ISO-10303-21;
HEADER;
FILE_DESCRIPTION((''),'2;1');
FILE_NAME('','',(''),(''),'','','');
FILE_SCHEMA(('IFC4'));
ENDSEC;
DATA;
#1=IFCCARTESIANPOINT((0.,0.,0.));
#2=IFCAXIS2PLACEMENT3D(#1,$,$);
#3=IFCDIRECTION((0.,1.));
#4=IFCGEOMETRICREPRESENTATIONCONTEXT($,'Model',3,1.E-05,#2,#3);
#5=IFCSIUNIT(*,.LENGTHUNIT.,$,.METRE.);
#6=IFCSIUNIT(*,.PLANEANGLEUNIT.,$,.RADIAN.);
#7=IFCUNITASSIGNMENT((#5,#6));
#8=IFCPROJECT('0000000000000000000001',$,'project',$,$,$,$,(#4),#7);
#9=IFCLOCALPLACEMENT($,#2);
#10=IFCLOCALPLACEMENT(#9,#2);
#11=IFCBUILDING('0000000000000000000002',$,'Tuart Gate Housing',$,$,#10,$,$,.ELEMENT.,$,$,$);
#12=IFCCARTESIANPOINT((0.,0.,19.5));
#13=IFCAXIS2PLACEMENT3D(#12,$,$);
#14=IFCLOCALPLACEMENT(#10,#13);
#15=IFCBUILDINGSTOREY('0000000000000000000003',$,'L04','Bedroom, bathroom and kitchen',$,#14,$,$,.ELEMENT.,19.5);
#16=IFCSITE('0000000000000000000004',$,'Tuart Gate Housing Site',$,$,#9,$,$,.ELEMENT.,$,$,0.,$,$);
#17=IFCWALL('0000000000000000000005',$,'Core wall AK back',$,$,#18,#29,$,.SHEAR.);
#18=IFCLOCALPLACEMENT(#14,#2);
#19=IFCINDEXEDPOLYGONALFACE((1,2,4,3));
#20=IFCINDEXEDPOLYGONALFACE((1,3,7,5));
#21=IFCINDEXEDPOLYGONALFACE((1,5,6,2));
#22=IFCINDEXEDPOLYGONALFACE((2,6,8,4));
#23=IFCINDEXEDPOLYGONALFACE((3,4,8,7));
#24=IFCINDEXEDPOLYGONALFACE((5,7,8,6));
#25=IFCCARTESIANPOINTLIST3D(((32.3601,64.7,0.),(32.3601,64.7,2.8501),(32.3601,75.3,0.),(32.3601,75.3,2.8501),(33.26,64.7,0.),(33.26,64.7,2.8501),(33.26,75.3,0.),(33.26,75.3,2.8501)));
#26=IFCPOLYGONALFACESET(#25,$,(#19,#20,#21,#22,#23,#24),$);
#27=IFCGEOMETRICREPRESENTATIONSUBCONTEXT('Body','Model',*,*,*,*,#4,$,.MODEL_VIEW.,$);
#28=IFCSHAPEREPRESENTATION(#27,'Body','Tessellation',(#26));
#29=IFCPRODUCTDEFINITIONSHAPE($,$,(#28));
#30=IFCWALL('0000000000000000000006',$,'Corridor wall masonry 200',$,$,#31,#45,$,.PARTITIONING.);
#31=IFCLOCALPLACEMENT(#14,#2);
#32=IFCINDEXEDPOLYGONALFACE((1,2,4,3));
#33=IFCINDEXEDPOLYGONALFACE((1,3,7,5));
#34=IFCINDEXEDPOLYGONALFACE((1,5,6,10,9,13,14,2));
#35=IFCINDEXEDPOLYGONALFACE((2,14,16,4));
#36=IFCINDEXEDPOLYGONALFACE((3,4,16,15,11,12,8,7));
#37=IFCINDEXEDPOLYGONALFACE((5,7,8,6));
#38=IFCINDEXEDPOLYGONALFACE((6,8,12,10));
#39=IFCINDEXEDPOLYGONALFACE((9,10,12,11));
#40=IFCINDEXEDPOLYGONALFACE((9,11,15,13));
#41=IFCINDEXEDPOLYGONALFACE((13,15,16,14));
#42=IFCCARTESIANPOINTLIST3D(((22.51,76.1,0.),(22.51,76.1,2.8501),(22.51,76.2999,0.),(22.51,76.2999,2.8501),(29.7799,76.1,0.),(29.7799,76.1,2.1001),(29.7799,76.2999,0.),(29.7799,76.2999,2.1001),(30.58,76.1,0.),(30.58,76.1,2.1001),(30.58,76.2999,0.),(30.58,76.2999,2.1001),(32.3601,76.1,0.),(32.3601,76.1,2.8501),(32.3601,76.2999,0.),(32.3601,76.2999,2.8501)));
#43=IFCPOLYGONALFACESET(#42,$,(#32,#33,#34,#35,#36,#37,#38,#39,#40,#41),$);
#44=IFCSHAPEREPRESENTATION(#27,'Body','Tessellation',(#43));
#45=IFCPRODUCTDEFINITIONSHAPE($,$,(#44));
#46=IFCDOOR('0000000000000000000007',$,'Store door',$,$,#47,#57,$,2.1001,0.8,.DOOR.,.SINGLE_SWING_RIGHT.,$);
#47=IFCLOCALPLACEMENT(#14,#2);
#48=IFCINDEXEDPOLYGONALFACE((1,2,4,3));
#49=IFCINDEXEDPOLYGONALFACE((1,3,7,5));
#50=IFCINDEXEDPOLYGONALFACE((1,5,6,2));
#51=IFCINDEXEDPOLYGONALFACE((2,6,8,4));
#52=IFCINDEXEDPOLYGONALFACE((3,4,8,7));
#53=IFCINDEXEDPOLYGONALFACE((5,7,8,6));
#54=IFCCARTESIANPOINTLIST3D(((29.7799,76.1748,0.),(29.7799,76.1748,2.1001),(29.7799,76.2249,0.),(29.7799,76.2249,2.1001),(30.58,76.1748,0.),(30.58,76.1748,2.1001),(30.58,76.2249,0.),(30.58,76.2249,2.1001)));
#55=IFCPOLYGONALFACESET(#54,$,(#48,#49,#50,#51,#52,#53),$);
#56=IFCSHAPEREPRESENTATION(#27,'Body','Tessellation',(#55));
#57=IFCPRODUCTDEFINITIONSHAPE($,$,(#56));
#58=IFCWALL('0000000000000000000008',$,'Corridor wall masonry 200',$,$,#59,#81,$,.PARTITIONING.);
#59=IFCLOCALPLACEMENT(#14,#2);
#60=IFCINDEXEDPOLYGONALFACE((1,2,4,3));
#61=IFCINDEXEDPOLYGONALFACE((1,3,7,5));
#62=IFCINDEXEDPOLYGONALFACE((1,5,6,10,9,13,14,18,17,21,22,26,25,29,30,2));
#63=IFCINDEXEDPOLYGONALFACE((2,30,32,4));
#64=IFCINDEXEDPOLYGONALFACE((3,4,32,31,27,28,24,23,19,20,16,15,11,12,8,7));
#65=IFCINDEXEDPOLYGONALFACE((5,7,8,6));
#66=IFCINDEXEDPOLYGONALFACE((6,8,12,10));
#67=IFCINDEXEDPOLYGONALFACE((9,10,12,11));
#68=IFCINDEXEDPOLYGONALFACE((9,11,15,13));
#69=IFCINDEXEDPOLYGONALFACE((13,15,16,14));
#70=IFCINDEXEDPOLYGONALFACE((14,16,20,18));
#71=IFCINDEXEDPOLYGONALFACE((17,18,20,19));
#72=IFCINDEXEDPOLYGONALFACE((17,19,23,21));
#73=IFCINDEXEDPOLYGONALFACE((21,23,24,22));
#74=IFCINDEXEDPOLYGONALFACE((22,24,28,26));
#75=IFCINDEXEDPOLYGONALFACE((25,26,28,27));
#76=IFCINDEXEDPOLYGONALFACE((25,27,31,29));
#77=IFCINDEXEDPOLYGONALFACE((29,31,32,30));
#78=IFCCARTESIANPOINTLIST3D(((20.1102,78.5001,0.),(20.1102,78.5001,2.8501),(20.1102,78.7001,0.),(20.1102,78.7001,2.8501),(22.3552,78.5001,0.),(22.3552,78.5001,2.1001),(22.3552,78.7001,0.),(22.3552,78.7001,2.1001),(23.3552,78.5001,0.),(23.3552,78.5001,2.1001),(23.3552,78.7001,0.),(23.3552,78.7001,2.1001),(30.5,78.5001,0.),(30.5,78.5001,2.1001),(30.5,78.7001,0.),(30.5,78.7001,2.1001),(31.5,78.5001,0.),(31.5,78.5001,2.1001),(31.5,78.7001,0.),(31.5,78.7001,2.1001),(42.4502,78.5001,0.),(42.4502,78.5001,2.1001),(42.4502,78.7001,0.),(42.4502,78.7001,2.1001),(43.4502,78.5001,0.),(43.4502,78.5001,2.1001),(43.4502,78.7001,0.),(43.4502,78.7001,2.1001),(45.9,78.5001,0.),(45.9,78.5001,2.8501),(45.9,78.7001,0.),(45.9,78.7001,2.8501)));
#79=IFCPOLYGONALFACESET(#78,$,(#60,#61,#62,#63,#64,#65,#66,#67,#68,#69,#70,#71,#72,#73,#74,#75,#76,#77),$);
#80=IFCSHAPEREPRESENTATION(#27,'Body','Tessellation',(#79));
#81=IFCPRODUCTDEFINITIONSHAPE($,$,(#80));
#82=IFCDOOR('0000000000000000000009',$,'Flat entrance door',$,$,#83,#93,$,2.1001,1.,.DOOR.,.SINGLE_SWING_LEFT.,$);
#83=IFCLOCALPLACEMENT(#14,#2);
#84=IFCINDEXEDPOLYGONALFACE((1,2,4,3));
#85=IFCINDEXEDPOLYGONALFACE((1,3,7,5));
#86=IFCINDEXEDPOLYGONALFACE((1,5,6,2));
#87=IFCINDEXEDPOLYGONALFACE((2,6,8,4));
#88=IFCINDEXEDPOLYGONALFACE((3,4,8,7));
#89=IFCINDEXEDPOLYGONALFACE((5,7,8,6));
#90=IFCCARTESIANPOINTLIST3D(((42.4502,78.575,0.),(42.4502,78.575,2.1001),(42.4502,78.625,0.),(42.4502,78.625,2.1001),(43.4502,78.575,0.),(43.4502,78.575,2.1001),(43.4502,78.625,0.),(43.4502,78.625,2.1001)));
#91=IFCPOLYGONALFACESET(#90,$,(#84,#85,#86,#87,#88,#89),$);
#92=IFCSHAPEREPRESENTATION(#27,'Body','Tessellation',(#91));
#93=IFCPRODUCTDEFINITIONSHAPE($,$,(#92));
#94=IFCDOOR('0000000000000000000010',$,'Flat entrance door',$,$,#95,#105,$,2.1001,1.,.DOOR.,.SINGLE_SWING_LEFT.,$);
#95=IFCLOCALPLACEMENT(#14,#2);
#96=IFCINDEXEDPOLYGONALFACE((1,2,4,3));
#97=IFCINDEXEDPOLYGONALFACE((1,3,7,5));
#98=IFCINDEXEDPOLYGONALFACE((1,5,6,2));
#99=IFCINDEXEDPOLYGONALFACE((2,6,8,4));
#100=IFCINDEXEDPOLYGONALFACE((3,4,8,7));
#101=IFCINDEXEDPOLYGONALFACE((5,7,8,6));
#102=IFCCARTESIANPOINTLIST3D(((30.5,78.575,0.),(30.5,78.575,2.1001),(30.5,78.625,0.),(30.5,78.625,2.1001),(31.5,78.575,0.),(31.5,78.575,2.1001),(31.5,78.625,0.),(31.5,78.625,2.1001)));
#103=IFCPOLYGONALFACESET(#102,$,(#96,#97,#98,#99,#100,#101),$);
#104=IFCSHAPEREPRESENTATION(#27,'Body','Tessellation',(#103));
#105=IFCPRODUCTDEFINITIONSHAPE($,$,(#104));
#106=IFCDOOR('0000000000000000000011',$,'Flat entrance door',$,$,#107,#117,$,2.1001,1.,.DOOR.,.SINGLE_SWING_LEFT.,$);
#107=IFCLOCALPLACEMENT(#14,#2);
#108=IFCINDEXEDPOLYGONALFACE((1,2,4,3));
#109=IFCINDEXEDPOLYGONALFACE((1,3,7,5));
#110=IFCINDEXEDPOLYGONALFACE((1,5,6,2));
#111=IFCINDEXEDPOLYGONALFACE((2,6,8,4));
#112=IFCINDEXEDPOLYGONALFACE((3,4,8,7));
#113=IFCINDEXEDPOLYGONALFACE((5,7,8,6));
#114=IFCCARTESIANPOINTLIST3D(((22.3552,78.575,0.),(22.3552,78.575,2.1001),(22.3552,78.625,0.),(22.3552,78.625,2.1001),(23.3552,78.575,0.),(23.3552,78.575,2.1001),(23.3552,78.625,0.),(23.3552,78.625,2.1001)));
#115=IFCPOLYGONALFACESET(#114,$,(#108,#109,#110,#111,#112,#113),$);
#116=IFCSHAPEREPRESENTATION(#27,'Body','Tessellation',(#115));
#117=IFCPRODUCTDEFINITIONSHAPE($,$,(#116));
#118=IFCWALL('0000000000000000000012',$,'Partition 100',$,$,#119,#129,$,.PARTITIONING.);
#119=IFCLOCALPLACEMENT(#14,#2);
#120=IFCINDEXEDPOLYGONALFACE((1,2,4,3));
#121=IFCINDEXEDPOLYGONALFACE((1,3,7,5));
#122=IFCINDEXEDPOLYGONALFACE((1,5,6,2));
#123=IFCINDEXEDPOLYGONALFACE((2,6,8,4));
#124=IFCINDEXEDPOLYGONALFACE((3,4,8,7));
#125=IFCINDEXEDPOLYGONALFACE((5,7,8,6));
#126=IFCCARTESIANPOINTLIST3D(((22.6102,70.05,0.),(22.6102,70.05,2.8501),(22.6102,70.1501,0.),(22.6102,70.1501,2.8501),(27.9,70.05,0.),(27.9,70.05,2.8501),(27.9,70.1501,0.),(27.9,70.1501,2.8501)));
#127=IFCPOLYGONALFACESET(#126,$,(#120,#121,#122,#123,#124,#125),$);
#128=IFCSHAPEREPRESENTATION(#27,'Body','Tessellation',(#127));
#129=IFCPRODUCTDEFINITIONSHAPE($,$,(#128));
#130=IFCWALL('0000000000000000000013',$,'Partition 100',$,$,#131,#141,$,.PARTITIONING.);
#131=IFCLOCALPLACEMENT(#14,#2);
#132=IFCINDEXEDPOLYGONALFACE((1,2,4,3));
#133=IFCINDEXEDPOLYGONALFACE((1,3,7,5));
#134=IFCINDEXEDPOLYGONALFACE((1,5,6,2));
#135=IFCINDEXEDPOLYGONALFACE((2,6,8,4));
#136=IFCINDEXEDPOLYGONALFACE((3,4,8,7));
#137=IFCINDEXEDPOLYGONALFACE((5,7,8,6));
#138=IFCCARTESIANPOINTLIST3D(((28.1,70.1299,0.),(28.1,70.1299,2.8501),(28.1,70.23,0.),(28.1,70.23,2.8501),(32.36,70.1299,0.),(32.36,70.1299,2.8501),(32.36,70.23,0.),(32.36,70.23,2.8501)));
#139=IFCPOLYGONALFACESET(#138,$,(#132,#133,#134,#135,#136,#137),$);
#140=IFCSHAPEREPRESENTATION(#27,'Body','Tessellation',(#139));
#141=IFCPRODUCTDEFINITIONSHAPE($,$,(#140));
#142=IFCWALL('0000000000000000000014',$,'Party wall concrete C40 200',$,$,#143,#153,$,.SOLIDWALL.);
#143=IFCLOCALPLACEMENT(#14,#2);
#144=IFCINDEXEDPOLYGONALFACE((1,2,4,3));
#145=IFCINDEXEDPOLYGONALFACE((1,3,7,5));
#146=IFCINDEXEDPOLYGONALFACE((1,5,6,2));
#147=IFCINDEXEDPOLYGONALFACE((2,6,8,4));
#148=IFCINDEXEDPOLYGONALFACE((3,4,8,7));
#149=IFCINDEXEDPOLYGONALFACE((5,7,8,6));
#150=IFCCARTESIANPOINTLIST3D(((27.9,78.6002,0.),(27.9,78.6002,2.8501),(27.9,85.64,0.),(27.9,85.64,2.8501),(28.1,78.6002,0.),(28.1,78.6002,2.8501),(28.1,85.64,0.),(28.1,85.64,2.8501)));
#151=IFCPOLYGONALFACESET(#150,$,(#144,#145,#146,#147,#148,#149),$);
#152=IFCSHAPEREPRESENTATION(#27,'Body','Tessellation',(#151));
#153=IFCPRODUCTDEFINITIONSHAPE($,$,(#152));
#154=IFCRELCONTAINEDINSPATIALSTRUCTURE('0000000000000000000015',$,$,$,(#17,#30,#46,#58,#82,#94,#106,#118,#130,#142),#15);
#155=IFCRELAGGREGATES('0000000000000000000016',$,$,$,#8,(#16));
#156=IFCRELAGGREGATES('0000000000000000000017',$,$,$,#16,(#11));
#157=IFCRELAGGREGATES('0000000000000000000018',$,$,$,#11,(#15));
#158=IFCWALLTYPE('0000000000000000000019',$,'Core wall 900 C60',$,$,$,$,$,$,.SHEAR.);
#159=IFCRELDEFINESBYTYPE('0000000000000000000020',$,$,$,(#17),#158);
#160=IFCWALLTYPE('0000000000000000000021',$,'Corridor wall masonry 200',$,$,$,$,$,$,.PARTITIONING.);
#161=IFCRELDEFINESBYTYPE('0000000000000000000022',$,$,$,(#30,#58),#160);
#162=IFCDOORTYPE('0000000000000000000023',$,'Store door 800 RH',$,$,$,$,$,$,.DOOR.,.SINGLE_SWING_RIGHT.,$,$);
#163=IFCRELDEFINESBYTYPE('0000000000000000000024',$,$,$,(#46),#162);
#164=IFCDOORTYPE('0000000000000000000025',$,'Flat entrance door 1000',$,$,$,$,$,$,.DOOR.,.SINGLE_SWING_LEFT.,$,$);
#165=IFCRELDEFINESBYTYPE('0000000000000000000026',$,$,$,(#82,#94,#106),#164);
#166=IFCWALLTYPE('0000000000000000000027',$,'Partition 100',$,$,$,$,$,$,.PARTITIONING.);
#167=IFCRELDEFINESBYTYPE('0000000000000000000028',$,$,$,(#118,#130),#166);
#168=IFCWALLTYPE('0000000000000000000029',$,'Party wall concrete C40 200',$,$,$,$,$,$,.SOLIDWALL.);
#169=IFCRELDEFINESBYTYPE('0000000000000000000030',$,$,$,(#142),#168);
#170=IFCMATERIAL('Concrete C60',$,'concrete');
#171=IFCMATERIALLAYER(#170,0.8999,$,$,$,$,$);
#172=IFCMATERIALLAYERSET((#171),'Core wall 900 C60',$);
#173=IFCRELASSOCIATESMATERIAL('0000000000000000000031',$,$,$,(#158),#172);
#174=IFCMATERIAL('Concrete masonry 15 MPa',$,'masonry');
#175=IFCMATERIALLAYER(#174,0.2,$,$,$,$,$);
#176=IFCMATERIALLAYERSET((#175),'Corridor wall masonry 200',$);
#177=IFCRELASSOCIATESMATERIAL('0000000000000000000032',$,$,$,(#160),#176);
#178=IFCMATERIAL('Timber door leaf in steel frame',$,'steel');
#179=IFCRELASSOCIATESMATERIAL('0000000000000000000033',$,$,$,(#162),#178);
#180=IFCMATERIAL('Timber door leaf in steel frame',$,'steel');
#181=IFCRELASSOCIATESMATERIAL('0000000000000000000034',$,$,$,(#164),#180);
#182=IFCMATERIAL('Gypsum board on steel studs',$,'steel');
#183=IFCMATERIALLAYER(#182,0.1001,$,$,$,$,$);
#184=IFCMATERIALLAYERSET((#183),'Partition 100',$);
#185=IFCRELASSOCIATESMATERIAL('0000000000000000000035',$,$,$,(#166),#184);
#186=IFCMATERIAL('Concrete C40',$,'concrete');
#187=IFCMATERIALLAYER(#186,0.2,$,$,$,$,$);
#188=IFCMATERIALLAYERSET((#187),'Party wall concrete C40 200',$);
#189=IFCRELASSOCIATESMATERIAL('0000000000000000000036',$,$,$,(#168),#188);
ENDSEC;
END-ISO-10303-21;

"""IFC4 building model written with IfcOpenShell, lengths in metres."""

from ifc_helpers import new_model, si_unit, direction, frame, frame_2d, origin, place, context, subcontext, project, spatial, rectangle, extrude, material, layer, layer_set, type_object, element, fill, save


model = new_model("IFC4")

# Units and contexts
model_context = context("Model", 3, precision=1e-05, world=origin(), true_north=direction((0.0, 1.0)))
body_context = subcontext(model_context, "Body", "Model", "MODEL_VIEW")
ifc_project = project(units=[si_unit("LENGTHUNIT", "METRE"), si_unit("PLANEANGLEUNIT", "RADIAN")], contexts=[model_context])

# Site, building, storey
site_placement = place(None, origin())
site = spatial("IfcSite", under=ifc_project, at=site_placement, Name="Tuart Gate Housing Site", CompositionType="ELEMENT", RefElevation=0.0)
building_placement = place(site_placement, origin())
building = spatial("IfcBuilding", under=site, at=building_placement, Name="Tuart Gate Housing", CompositionType="ELEMENT")
storey_placement = place(building_placement, frame((0.0, 0.0, 19.5)))
storey = spatial("IfcBuildingStorey", under=building, at=storey_placement, Name="L04", Description="Bedroom, bathroom and kitchen", CompositionType="ELEMENT", Elevation=19.5)

# Wall
ifc_material_1 = material(Name="Concrete C60", Category="concrete")
ifc_layer_1 = layer(ifc_material_1, 0.8999)
ifc_layer_set_1 = layer_set([ifc_layer_1], Name="Core wall 900 C60")
wall_type_1 = type_object("IfcWallType", Name="Core wall 900 C60", PredefinedType="SHEAR", material=ifc_layer_set_1)
wall_1_placement = place(storey_placement, frame((32.8101, 75.3, 0.0), z_axis=(0.0, 0.0, 1.0), x_axis=(0.0, -1.0, 0.0)))
element("IfcWall", 1, at=wall_1_placement, inside=storey, type_object=wall_type_1, Name="Core wall AK back", PredefinedType="SHEAR", context=body_context, shape_type="SweptSolid", body=[
    extrude(rectangle(XDim=10.6001, YDim=0.8999, at=frame_2d((5.3, 0.0))), origin(), (0.0, 0.0, 1.0), 2.8501),
])

# Wall, opening, door
ifc_material_2 = material(Name="Concrete masonry 15 MPa", Category="masonry")
ifc_layer_2 = layer(ifc_material_2, 0.2)
ifc_layer_set_2 = layer_set([ifc_layer_2], Name="Corridor wall masonry 200")
wall_type_2 = type_object("IfcWallType", Name="Corridor wall masonry 200", PredefinedType="PARTITIONING", material=ifc_layer_set_2)
wall_2_placement = place(storey_placement, frame((22.51, 76.2, 0.0), z_axis=(0.0, 0.0, 1.0), x_axis=(1.0, 0.0, 0.0)))
wall_2 = element("IfcWall", 2, at=wall_2_placement, inside=storey, type_object=wall_type_2, Name="Corridor wall masonry 200", PredefinedType="PARTITIONING", context=body_context, shape_type="SweptSolid", body=[
    extrude(rectangle(XDim=9.8501, YDim=0.2, at=frame_2d((4.925, 0.0))), origin(), (0.0, 0.0, 1.0), 2.8501),
])
opening_1_placement = place(wall_2_placement, frame((7.27, 0.0, 0.0)))
opening_1 = element("IfcOpeningElement", 3, at=opening_1_placement, cuts=wall_2, PredefinedType="OPENING", context=body_context, shape_type="SweptSolid", body=[
    extrude(rectangle(XDim=0.8, YDim=2.1001, at=frame_2d((0.3999, 1.05))), frame((0.0, 0.1099, 0.0), z_axis=(0.0, -1.0, 0.0), x_axis=(1.0, 0.0, 0.0)), (0.0, 0.0, 1.0), 0.22),
])
ifc_material_3 = material(Name="Timber door leaf in steel frame", Category="steel")
door_type_1 = type_object("IfcDoorType", Name="Store door 800 RH", OperationType="SINGLE_SWING_RIGHT", PredefinedType="DOOR", material=ifc_material_3)
door_1_placement = place(opening_1_placement, frame((0.8, 0.0, 0.0), z_axis=(0.0, 0.0, 1.0), x_axis=(-1.0, 0.0, 0.0)))
door_1 = element("IfcDoor", 4, at=door_1_placement, inside=storey, type_object=door_type_1, Name="Store door", OperationType="SINGLE_SWING_RIGHT", OverallHeight=2.1001, OverallWidth=0.8, PredefinedType="DOOR", context=body_context, shape_type="SweptSolid", body=[
    extrude(rectangle(XDim=0.8, YDim=2.1001, at=frame_2d((0.4001, 1.05))), frame((0.0, 0.0251, 0.0), z_axis=(0.0, -1.0, 0.0), x_axis=(1.0, 0.0, 0.0)), (0.0, 0.0, 1.0), 0.05),
])
fill(opening_1, door_1)

# Wall, openings, doors
wall_3_placement = place(storey_placement, frame((20.1101, 78.6001, 0.0), z_axis=(0.0, 0.0, 1.0), x_axis=(1.0, 0.0, 0.0)))
wall_3 = element("IfcWall", 5, at=wall_3_placement, inside=storey, type_object=wall_type_2, Name="Corridor wall masonry 200", PredefinedType="PARTITIONING", context=body_context, shape_type="SweptSolid", body=[
    extrude(rectangle(XDim=25.7898, YDim=0.2, at=frame_2d((12.895, 0.0))), origin(), (0.0, 0.0, 1.0), 2.8501),
])
opening_2_placement = place(wall_3_placement, frame((22.3401, 0.0, 0.0)))
opening_2 = element("IfcOpeningElement", 6, at=opening_2_placement, cuts=wall_3, PredefinedType="OPENING", context=body_context, shape_type="SweptSolid", body=[
    extrude(rectangle(XDim=1.0, YDim=2.1001, at=frame_2d((0.5, 1.05))), frame((0.0, 0.1099, 0.0), z_axis=(0.0, -1.0, 0.0), x_axis=(1.0, 0.0, 0.0)), (0.0, 0.0, 1.0), 0.22),
])
opening_3_placement = place(wall_3_placement, frame((10.3899, 0.0, 0.0)))
opening_3 = element("IfcOpeningElement", 7, at=opening_3_placement, cuts=wall_3, PredefinedType="OPENING", context=body_context, shape_type="SweptSolid", body=[
    extrude(rectangle(XDim=1.0, YDim=2.1001, at=frame_2d((0.5, 1.05))), frame((0.0, 0.1099, 0.0), z_axis=(0.0, -1.0, 0.0), x_axis=(1.0, 0.0, 0.0)), (0.0, 0.0, 1.0), 0.22),
])
opening_4_placement = place(wall_3_placement, frame((2.2451, 0.0, 0.0)))
opening_4 = element("IfcOpeningElement", 8, at=opening_4_placement, cuts=wall_3, PredefinedType="OPENING", context=body_context, shape_type="SweptSolid", body=[
    extrude(rectangle(XDim=1.0, YDim=2.1001, at=frame_2d((0.5, 1.05))), frame((0.0, 0.1099, 0.0), z_axis=(0.0, -1.0, 0.0), x_axis=(1.0, 0.0, 0.0)), (0.0, 0.0, 1.0), 0.22),
])
ifc_material_4 = material(Name="Timber door leaf in steel frame", Category="steel")
door_type_2 = type_object("IfcDoorType", Name="Flat entrance door 1000", OperationType="SINGLE_SWING_LEFT", PredefinedType="DOOR", material=ifc_material_4)
door_2_placement = place(opening_2_placement, origin())
door_2 = element("IfcDoor", 9, at=door_2_placement, inside=storey, type_object=door_type_2, Name="Flat entrance door", OperationType="SINGLE_SWING_LEFT", OverallHeight=2.1001, OverallWidth=1.0, PredefinedType="DOOR", context=body_context, shape_type="SweptSolid", body=[
    extrude(rectangle(XDim=1.0, YDim=2.1001, at=frame_2d((0.5, 1.05))), frame((0.0, 0.0249, 0.0), z_axis=(0.0, -1.0, 0.0), x_axis=(1.0, 0.0, 0.0)), (0.0, 0.0, 1.0), 0.05),
])
fill(opening_2, door_2)
door_3_placement = place(opening_3_placement, origin())
door_3 = element("IfcDoor", 10, at=door_3_placement, inside=storey, type_object=door_type_2, Name="Flat entrance door", OperationType="SINGLE_SWING_LEFT", OverallHeight=2.1001, OverallWidth=1.0, PredefinedType="DOOR", context=body_context, shape_type="SweptSolid", body=[
    extrude(rectangle(XDim=1.0, YDim=2.1001, at=frame_2d((0.5, 1.05))), frame((0.0, 0.0249, 0.0), z_axis=(0.0, -1.0, 0.0), x_axis=(1.0, 0.0, 0.0)), (0.0, 0.0, 1.0), 0.05),
])
fill(opening_3, door_3)
door_4_placement = place(opening_4_placement, origin())
door_4 = element("IfcDoor", 11, at=door_4_placement, inside=storey, type_object=door_type_2, Name="Flat entrance door", OperationType="SINGLE_SWING_LEFT", OverallHeight=2.1001, OverallWidth=1.0, PredefinedType="DOOR", context=body_context, shape_type="SweptSolid", body=[
    extrude(rectangle(XDim=1.0, YDim=2.1001, at=frame_2d((0.5, 1.05))), frame((0.0, 0.0249, 0.0), z_axis=(0.0, -1.0, 0.0), x_axis=(1.0, 0.0, 0.0)), (0.0, 0.0, 1.0), 0.05),
])
fill(opening_4, door_4)

# Walls
ifc_material_5 = material(Name="Gypsum board on steel studs", Category="steel")
ifc_layer_3 = layer(ifc_material_5, 0.1001)
ifc_layer_set_3 = layer_set([ifc_layer_3], Name="Partition 100")
wall_type_3 = type_object("IfcWallType", Name="Partition 100", PredefinedType="PARTITIONING", material=ifc_layer_set_3)
wall_4_placement = place(storey_placement, frame((22.6101, 70.1001, 0.0), z_axis=(0.0, 0.0, 1.0), x_axis=(1.0, 0.0, 0.0)))
element("IfcWall", 12, at=wall_4_placement, inside=storey, type_object=wall_type_3, Name="Partition 100", PredefinedType="PARTITIONING", context=body_context, shape_type="SweptSolid", body=[
    extrude(rectangle(XDim=5.2898, YDim=0.1001, at=frame_2d((2.645, 0.0))), origin(), (0.0, 0.0, 1.0), 2.8501),
])
wall_5_placement = place(storey_placement, frame((28.1001, 70.1799, 0.0), z_axis=(0.0, 0.0, 1.0), x_axis=(1.0, 0.0, 0.0)))
element("IfcWall", 13, at=wall_5_placement, inside=storey, type_object=wall_type_3, Name="Partition 100", PredefinedType="PARTITIONING", context=body_context, shape_type="SweptSolid", body=[
    extrude(rectangle(XDim=4.26, YDim=0.1001, at=frame_2d((2.1299, 0.0))), origin(), (0.0, 0.0, 1.0), 2.8501),
])
ifc_material_6 = material(Name="Concrete C40", Category="concrete")
ifc_layer_4 = layer(ifc_material_6, 0.2)
ifc_layer_set_4 = layer_set([ifc_layer_4], Name="Party wall concrete C40 200")
wall_type_4 = type_object("IfcWallType", Name="Party wall concrete C40 200", PredefinedType="SOLIDWALL", material=ifc_layer_set_4)
wall_6_placement = place(storey_placement, frame((28.0, 78.6001, 0.0), z_axis=(0.0, 0.0, 1.0), x_axis=(0.0, 1.0, 0.0)))
element("IfcWall", 14, at=wall_6_placement, inside=storey, type_object=wall_type_4, Name="Party wall concrete C40 200", PredefinedType="SOLIDWALL", context=body_context, shape_type="SweptSolid", body=[
    extrude(rectangle(XDim=7.0398, YDim=0.2, at=frame_2d((3.52, 0.0))), origin(), (0.0, 0.0, 1.0), 2.8501),
])

save(model, "model.ifc")
